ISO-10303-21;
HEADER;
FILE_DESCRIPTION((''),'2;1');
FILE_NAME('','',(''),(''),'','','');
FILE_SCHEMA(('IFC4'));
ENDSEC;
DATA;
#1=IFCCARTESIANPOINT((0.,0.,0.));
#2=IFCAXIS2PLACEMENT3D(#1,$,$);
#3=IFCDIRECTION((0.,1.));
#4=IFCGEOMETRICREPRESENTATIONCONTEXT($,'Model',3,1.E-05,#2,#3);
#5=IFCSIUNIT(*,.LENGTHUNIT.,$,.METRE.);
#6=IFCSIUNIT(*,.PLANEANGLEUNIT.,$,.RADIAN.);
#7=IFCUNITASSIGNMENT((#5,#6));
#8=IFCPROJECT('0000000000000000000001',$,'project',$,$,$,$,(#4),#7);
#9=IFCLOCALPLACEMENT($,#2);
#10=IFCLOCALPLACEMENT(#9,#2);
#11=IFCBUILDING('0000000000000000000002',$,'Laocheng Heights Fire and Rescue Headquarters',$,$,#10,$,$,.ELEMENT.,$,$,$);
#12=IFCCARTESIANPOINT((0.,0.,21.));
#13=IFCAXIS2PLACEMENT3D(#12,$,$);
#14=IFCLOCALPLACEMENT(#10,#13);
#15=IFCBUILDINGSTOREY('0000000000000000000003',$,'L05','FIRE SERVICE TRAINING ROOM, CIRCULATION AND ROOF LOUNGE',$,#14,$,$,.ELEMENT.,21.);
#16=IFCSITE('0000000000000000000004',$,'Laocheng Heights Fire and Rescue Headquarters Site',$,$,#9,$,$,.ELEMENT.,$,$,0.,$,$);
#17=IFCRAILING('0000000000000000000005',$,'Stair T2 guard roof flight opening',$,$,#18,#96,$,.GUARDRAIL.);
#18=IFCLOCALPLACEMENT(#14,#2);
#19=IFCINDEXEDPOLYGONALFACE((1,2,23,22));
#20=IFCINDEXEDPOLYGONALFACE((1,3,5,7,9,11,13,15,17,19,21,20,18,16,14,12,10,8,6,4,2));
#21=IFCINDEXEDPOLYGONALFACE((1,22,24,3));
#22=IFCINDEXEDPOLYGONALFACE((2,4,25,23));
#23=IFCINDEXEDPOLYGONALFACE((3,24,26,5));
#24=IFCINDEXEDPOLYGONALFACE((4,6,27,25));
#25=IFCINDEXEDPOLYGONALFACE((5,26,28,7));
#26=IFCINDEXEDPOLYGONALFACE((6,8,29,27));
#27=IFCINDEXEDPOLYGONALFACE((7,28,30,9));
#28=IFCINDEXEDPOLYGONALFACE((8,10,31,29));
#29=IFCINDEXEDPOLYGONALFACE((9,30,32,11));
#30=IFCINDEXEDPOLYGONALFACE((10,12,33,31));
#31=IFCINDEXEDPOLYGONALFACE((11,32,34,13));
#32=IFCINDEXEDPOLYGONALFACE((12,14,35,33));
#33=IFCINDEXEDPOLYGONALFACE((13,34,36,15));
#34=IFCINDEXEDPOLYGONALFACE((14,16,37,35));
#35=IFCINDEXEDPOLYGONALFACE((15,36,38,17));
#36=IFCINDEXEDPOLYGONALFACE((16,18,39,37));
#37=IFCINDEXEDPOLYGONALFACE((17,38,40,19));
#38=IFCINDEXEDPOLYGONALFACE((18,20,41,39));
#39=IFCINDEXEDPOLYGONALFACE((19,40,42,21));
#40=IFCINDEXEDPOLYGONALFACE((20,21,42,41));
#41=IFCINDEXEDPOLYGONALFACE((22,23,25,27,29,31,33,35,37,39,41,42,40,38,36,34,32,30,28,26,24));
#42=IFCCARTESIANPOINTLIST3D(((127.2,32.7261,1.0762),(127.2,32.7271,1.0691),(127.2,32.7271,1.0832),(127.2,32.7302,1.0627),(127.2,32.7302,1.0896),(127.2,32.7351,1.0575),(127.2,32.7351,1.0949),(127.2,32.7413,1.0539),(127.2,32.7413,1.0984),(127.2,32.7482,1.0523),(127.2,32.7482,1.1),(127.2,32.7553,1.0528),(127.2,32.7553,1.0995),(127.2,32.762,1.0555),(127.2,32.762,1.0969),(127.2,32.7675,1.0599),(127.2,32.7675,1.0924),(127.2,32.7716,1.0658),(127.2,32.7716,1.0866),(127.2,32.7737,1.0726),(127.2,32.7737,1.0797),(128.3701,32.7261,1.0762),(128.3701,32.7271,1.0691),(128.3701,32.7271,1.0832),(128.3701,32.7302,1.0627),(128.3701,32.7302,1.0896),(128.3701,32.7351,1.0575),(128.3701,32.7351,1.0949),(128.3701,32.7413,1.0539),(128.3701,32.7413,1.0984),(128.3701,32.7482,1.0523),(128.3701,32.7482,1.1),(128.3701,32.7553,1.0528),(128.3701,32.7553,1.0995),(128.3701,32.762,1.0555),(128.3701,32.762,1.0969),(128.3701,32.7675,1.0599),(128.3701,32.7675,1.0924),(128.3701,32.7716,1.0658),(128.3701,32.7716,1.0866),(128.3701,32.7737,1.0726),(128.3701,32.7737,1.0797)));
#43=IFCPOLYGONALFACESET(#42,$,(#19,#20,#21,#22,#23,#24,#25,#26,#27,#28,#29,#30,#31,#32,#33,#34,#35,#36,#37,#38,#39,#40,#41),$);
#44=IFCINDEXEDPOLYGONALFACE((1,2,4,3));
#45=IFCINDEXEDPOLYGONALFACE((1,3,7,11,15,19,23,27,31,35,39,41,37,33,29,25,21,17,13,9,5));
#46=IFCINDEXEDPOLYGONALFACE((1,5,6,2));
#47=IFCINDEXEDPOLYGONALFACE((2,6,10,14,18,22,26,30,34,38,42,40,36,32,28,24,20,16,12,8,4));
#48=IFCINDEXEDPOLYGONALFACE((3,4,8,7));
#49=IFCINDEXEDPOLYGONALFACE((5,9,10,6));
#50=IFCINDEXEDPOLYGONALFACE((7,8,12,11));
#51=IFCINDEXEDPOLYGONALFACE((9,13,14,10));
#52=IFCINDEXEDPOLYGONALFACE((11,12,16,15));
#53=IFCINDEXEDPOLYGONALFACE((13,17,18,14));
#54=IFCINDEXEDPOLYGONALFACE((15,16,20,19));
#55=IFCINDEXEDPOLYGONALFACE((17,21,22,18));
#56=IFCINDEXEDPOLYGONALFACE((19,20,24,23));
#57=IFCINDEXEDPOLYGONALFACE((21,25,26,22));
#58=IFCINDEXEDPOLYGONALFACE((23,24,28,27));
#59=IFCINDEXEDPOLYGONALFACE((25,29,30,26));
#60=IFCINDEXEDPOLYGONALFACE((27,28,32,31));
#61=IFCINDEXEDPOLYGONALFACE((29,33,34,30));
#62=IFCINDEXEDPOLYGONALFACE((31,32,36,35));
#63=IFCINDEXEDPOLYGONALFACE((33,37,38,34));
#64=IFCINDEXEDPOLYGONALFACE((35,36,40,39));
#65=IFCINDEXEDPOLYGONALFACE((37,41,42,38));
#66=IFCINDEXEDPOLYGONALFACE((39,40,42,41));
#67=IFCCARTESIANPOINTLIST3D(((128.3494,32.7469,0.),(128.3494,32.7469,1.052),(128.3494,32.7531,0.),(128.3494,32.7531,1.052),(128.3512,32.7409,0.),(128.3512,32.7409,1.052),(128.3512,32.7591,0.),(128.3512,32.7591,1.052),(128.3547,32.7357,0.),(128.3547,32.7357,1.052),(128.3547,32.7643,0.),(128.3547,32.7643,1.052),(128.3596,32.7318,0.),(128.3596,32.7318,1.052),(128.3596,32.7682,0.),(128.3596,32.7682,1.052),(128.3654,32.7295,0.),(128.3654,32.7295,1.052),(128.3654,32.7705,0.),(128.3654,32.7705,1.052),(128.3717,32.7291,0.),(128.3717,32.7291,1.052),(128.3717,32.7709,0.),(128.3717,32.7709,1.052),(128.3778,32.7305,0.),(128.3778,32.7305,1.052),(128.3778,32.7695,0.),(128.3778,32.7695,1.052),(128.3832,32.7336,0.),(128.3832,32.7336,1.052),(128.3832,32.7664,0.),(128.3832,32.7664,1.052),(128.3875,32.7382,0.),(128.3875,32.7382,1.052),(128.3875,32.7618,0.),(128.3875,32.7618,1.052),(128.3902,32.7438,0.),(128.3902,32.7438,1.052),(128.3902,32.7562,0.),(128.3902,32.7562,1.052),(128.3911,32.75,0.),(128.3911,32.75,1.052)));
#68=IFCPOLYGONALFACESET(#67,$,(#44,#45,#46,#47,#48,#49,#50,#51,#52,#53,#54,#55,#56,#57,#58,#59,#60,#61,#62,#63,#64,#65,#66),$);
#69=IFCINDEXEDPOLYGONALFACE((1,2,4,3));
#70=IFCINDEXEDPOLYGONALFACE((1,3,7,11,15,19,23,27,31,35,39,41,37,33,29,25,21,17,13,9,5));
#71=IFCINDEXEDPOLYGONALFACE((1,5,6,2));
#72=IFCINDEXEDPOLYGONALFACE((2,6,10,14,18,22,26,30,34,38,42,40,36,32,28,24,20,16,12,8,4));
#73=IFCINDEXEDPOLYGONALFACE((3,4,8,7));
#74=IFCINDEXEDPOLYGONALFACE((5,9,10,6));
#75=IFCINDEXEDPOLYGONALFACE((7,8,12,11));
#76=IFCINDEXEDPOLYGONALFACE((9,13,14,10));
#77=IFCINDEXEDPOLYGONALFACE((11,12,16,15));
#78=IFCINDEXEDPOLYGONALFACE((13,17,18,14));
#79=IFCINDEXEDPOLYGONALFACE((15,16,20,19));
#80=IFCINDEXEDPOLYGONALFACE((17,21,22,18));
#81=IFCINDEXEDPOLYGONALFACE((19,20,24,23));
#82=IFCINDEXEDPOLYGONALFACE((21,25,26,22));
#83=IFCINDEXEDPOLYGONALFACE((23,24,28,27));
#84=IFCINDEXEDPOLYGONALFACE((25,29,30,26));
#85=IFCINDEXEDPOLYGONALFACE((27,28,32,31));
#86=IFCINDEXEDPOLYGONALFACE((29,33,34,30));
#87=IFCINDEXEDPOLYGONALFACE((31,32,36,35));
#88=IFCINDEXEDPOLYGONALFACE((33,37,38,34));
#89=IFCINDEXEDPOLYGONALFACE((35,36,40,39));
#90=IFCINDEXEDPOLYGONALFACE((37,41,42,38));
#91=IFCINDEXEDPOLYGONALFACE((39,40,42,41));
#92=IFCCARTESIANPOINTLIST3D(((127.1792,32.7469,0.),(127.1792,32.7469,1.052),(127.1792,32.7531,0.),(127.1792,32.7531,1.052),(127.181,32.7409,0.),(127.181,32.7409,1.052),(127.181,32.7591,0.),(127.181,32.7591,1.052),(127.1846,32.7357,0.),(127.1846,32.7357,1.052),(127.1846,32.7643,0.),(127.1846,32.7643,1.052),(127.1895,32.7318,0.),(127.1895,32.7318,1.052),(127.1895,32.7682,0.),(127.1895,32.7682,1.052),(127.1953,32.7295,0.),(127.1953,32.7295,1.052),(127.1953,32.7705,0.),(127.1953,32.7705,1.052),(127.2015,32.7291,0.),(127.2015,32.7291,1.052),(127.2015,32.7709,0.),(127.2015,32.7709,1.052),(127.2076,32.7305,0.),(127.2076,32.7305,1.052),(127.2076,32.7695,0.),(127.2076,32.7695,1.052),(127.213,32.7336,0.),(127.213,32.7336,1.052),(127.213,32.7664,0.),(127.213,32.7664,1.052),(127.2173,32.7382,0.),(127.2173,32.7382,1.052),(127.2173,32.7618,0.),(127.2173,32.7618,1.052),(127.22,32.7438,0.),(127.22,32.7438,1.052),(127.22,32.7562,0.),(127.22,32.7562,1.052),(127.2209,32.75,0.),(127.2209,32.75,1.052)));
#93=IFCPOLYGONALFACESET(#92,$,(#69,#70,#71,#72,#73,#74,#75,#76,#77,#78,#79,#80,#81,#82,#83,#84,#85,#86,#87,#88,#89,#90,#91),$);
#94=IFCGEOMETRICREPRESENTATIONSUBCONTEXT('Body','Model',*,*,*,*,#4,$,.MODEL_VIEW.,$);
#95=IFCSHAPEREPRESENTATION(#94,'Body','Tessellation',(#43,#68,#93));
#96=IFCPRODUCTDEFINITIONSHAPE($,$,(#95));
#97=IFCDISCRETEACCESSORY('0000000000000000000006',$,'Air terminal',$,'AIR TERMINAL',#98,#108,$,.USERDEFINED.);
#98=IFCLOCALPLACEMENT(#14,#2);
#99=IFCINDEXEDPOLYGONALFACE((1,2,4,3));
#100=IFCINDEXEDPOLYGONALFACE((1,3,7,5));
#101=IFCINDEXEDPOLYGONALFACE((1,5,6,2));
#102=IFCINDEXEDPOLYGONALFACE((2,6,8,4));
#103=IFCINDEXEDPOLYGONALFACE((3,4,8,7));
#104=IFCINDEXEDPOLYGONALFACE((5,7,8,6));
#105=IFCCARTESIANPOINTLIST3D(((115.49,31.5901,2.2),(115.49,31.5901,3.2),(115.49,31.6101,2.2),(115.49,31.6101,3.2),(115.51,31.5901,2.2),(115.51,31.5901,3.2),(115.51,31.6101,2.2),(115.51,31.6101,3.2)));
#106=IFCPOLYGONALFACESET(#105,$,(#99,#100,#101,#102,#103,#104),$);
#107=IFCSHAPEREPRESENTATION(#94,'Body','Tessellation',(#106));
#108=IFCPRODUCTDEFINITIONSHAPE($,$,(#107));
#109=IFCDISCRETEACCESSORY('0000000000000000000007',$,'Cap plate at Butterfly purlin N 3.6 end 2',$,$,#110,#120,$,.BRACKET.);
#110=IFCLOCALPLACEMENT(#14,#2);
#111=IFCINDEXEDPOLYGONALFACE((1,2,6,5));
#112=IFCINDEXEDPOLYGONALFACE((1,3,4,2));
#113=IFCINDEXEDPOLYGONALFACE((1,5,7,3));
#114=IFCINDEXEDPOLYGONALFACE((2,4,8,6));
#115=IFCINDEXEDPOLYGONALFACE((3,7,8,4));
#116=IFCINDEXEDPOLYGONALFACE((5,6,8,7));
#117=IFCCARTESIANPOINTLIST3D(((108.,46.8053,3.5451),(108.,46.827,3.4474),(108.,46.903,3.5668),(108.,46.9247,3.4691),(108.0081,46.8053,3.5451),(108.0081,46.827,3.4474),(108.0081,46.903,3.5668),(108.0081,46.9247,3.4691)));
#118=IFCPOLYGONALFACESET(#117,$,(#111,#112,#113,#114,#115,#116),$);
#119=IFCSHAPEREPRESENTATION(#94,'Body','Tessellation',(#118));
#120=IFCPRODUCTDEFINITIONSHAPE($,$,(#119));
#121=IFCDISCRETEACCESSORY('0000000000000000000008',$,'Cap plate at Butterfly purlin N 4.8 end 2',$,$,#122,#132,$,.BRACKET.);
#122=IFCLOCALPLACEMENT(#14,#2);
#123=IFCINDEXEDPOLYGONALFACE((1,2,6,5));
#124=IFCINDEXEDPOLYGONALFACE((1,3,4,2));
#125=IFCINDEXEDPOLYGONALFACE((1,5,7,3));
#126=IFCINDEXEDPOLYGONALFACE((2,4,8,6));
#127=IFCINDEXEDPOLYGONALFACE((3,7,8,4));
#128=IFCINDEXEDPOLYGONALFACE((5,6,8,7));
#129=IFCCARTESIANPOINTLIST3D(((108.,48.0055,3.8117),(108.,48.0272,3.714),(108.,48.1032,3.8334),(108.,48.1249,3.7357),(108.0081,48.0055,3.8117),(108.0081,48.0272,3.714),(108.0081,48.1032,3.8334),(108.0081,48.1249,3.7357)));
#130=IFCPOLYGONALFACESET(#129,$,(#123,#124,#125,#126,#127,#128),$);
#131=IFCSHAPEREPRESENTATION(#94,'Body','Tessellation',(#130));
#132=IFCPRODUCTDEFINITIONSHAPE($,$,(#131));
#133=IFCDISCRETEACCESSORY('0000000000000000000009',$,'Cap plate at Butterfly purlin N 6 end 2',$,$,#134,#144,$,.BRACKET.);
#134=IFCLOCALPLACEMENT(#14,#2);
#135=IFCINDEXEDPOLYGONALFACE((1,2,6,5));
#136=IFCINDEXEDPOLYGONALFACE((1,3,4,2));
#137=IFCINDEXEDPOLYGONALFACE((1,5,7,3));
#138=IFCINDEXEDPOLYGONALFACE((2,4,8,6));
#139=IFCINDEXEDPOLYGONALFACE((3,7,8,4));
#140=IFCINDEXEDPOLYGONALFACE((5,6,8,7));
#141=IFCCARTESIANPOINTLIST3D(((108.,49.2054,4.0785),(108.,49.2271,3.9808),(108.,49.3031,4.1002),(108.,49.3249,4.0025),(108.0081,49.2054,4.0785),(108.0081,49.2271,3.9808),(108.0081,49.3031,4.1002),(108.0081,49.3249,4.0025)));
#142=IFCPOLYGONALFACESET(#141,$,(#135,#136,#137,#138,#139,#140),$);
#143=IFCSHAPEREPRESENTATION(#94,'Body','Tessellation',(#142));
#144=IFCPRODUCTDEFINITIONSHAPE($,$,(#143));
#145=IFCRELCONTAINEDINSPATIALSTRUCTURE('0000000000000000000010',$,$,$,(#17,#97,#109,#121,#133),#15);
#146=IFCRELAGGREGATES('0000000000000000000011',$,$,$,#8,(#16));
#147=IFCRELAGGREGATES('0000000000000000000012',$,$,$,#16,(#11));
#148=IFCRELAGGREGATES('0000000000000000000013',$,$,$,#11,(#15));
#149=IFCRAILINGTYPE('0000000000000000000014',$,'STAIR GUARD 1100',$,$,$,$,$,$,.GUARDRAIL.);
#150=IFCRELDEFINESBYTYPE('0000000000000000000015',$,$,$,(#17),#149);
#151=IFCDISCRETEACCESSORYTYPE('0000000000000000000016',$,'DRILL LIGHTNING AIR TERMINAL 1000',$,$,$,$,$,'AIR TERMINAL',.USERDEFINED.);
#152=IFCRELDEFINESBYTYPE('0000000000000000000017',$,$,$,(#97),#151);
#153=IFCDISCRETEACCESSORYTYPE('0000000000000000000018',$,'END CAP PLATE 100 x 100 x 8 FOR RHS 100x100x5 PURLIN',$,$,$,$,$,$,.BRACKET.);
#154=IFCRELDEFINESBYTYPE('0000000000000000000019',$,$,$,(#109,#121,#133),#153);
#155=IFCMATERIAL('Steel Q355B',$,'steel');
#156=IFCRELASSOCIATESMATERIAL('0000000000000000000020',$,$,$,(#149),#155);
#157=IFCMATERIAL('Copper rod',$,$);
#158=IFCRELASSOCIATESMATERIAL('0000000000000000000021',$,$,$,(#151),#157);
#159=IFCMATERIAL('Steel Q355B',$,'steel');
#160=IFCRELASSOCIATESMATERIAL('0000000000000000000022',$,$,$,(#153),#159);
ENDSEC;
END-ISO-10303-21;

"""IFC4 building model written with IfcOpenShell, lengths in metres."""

from ifc_helpers import new_model, si_unit, direction, frame, origin, origin_2d, place, context, subcontext, project, spatial, rectangle, circle, extrude, material, material_profile, profile_set, type_object, element, save


model = new_model("IFC4")

# Units and contexts
model_context = context("Model", 3, precision=1e-05, world=origin(), true_north=direction((0.0, 1.0)))
body_context = subcontext(model_context, "Body", "Model", "MODEL_VIEW")
ifc_project = project(units=[si_unit("LENGTHUNIT", "METRE"), si_unit("PLANEANGLEUNIT", "RADIAN")], contexts=[model_context])

# Site, building, storey
site_placement = place(None, origin())
site = spatial("IfcSite", under=ifc_project, at=site_placement, Name="Laocheng Heights Fire and Rescue Headquarters Site", CompositionType="ELEMENT", RefElevation=0.0)
building_placement = place(site_placement, origin())
building = spatial("IfcBuilding", under=site, at=building_placement, Name="Laocheng Heights Fire and Rescue Headquarters", CompositionType="ELEMENT")
storey_placement = place(building_placement, frame((0.0, 0.0, 21.0)))
storey = spatial("IfcBuildingStorey", under=building, at=storey_placement, Name="L05", Description="FIRE SERVICE TRAINING ROOM, CIRCULATION AND ROOF LOUNGE", CompositionType="ELEMENT", Elevation=21.0)

# Railing
ifc_material_1 = material(Name="Steel Q355B", Category="steel")
railing_type = type_object("IfcRailingType", Name="STAIR GUARD 1100", PredefinedType="GUARDRAIL", material=ifc_material_1)
railing_1_placement = place(storey_placement, frame((128.3701, 32.75, 0.0)))
element("IfcRailing", 1, at=railing_1_placement, inside=storey, type_object=railing_type, Name="Stair T2 guard roof flight opening", PredefinedType="GUARDRAIL", context=body_context, shape_type="SweptSolid", body=[
    extrude(circle(Radius=0.0239, at=origin_2d()), frame((0.0, 0.0, 1.0762), z_axis=(-1.0, 0.0, 0.0), x_axis=(0.0, -1.0, 0.0)), (0.0, 0.0, 1.0), 1.1702),
    extrude(circle(Radius=0.021, at=origin_2d()), origin(), (0.0, 0.0, 1.0), 1.052),
    extrude(circle(Radius=0.021, at=origin_2d()), frame((-1.1702, 0.0, 0.0)), (0.0, 0.0, 1.0), 1.052),
])

# Discrete accessories
ifc_material_2 = material(Name="Copper rod")
discrete_accessory_type_1 = type_object("IfcDiscreteAccessoryType", Name="DRILL LIGHTNING AIR TERMINAL 1000", ElementType="AIR TERMINAL", PredefinedType="USERDEFINED", material=ifc_material_2)
discrete_accessory_placement = place(storey_placement, frame((115.5, 31.6001, 2.2), z_axis=(0.0, 0.0, 1.0), x_axis=(1.0, 0.0, 0.0)))
element("IfcDiscreteAccessory", 2, at=discrete_accessory_placement, inside=storey, type_object=discrete_accessory_type_1, Name="Air terminal", ObjectType="AIR TERMINAL", PredefinedType="USERDEFINED", context=body_context, shape_type="SweptSolid", body=[
    extrude(rectangle(XDim=0.02, YDim=0.02, at=origin_2d()), origin(), (0.0, 0.0, 1.0), 1.0),
])
ifc_material_3 = material(Name="Steel Q355B", Category="steel")
ifc_material_profile_1 = material_profile(ifc_material_3, rectangle(XDim=0.1001, YDim=0.1001, at=origin_2d()), Name="END CAP PLATE 100 x 100 x 8 FOR RHS 100x100x5 PURLIN")
ifc_profile_set_1 = profile_set([ifc_material_profile_1], Name="Steel Q355B")
discrete_accessory_type_2 = type_object("IfcDiscreteAccessoryType", Name="END CAP PLATE 100 x 100 x 8 FOR RHS 100x100x5 PURLIN", PredefinedType="BRACKET", material=ifc_profile_set_1)
for number, where, z_axis, x_axis, name in (
    (3, (108.0, 46.865, 3.5071), (1.0, 0.0, 0.0), (0.0, 0.976187, 0.21693), "Cap plate at Butterfly purlin N 3.6 end 2"),
    (4, (108.0, 48.0652, 3.7737), (1.0, 0.0, 0.0), (0.0, 0.976187, 0.21693), "Cap plate at Butterfly purlin N 4.8 end 2"),
    (5, (108.0, 49.2651, 4.0405), (1.0, 0.0, 0.0), (0.0, 0.976187, 0.21693), "Cap plate at Butterfly purlin N 6 end 2"),
):
    element("IfcDiscreteAccessory", number, at=place(storey_placement, frame(where, z_axis=z_axis, x_axis=x_axis)), inside=storey, type_object=discrete_accessory_type_2, Name=name, PredefinedType="BRACKET", context=body_context, shape_type="SweptSolid", body=[
        extrude(rectangle(XDim=0.1001, YDim=0.1001, at=origin_2d()), origin(), (0.0, 0.0, 1.0), 0.0081),
    ])

save(model, "model.ifc")
